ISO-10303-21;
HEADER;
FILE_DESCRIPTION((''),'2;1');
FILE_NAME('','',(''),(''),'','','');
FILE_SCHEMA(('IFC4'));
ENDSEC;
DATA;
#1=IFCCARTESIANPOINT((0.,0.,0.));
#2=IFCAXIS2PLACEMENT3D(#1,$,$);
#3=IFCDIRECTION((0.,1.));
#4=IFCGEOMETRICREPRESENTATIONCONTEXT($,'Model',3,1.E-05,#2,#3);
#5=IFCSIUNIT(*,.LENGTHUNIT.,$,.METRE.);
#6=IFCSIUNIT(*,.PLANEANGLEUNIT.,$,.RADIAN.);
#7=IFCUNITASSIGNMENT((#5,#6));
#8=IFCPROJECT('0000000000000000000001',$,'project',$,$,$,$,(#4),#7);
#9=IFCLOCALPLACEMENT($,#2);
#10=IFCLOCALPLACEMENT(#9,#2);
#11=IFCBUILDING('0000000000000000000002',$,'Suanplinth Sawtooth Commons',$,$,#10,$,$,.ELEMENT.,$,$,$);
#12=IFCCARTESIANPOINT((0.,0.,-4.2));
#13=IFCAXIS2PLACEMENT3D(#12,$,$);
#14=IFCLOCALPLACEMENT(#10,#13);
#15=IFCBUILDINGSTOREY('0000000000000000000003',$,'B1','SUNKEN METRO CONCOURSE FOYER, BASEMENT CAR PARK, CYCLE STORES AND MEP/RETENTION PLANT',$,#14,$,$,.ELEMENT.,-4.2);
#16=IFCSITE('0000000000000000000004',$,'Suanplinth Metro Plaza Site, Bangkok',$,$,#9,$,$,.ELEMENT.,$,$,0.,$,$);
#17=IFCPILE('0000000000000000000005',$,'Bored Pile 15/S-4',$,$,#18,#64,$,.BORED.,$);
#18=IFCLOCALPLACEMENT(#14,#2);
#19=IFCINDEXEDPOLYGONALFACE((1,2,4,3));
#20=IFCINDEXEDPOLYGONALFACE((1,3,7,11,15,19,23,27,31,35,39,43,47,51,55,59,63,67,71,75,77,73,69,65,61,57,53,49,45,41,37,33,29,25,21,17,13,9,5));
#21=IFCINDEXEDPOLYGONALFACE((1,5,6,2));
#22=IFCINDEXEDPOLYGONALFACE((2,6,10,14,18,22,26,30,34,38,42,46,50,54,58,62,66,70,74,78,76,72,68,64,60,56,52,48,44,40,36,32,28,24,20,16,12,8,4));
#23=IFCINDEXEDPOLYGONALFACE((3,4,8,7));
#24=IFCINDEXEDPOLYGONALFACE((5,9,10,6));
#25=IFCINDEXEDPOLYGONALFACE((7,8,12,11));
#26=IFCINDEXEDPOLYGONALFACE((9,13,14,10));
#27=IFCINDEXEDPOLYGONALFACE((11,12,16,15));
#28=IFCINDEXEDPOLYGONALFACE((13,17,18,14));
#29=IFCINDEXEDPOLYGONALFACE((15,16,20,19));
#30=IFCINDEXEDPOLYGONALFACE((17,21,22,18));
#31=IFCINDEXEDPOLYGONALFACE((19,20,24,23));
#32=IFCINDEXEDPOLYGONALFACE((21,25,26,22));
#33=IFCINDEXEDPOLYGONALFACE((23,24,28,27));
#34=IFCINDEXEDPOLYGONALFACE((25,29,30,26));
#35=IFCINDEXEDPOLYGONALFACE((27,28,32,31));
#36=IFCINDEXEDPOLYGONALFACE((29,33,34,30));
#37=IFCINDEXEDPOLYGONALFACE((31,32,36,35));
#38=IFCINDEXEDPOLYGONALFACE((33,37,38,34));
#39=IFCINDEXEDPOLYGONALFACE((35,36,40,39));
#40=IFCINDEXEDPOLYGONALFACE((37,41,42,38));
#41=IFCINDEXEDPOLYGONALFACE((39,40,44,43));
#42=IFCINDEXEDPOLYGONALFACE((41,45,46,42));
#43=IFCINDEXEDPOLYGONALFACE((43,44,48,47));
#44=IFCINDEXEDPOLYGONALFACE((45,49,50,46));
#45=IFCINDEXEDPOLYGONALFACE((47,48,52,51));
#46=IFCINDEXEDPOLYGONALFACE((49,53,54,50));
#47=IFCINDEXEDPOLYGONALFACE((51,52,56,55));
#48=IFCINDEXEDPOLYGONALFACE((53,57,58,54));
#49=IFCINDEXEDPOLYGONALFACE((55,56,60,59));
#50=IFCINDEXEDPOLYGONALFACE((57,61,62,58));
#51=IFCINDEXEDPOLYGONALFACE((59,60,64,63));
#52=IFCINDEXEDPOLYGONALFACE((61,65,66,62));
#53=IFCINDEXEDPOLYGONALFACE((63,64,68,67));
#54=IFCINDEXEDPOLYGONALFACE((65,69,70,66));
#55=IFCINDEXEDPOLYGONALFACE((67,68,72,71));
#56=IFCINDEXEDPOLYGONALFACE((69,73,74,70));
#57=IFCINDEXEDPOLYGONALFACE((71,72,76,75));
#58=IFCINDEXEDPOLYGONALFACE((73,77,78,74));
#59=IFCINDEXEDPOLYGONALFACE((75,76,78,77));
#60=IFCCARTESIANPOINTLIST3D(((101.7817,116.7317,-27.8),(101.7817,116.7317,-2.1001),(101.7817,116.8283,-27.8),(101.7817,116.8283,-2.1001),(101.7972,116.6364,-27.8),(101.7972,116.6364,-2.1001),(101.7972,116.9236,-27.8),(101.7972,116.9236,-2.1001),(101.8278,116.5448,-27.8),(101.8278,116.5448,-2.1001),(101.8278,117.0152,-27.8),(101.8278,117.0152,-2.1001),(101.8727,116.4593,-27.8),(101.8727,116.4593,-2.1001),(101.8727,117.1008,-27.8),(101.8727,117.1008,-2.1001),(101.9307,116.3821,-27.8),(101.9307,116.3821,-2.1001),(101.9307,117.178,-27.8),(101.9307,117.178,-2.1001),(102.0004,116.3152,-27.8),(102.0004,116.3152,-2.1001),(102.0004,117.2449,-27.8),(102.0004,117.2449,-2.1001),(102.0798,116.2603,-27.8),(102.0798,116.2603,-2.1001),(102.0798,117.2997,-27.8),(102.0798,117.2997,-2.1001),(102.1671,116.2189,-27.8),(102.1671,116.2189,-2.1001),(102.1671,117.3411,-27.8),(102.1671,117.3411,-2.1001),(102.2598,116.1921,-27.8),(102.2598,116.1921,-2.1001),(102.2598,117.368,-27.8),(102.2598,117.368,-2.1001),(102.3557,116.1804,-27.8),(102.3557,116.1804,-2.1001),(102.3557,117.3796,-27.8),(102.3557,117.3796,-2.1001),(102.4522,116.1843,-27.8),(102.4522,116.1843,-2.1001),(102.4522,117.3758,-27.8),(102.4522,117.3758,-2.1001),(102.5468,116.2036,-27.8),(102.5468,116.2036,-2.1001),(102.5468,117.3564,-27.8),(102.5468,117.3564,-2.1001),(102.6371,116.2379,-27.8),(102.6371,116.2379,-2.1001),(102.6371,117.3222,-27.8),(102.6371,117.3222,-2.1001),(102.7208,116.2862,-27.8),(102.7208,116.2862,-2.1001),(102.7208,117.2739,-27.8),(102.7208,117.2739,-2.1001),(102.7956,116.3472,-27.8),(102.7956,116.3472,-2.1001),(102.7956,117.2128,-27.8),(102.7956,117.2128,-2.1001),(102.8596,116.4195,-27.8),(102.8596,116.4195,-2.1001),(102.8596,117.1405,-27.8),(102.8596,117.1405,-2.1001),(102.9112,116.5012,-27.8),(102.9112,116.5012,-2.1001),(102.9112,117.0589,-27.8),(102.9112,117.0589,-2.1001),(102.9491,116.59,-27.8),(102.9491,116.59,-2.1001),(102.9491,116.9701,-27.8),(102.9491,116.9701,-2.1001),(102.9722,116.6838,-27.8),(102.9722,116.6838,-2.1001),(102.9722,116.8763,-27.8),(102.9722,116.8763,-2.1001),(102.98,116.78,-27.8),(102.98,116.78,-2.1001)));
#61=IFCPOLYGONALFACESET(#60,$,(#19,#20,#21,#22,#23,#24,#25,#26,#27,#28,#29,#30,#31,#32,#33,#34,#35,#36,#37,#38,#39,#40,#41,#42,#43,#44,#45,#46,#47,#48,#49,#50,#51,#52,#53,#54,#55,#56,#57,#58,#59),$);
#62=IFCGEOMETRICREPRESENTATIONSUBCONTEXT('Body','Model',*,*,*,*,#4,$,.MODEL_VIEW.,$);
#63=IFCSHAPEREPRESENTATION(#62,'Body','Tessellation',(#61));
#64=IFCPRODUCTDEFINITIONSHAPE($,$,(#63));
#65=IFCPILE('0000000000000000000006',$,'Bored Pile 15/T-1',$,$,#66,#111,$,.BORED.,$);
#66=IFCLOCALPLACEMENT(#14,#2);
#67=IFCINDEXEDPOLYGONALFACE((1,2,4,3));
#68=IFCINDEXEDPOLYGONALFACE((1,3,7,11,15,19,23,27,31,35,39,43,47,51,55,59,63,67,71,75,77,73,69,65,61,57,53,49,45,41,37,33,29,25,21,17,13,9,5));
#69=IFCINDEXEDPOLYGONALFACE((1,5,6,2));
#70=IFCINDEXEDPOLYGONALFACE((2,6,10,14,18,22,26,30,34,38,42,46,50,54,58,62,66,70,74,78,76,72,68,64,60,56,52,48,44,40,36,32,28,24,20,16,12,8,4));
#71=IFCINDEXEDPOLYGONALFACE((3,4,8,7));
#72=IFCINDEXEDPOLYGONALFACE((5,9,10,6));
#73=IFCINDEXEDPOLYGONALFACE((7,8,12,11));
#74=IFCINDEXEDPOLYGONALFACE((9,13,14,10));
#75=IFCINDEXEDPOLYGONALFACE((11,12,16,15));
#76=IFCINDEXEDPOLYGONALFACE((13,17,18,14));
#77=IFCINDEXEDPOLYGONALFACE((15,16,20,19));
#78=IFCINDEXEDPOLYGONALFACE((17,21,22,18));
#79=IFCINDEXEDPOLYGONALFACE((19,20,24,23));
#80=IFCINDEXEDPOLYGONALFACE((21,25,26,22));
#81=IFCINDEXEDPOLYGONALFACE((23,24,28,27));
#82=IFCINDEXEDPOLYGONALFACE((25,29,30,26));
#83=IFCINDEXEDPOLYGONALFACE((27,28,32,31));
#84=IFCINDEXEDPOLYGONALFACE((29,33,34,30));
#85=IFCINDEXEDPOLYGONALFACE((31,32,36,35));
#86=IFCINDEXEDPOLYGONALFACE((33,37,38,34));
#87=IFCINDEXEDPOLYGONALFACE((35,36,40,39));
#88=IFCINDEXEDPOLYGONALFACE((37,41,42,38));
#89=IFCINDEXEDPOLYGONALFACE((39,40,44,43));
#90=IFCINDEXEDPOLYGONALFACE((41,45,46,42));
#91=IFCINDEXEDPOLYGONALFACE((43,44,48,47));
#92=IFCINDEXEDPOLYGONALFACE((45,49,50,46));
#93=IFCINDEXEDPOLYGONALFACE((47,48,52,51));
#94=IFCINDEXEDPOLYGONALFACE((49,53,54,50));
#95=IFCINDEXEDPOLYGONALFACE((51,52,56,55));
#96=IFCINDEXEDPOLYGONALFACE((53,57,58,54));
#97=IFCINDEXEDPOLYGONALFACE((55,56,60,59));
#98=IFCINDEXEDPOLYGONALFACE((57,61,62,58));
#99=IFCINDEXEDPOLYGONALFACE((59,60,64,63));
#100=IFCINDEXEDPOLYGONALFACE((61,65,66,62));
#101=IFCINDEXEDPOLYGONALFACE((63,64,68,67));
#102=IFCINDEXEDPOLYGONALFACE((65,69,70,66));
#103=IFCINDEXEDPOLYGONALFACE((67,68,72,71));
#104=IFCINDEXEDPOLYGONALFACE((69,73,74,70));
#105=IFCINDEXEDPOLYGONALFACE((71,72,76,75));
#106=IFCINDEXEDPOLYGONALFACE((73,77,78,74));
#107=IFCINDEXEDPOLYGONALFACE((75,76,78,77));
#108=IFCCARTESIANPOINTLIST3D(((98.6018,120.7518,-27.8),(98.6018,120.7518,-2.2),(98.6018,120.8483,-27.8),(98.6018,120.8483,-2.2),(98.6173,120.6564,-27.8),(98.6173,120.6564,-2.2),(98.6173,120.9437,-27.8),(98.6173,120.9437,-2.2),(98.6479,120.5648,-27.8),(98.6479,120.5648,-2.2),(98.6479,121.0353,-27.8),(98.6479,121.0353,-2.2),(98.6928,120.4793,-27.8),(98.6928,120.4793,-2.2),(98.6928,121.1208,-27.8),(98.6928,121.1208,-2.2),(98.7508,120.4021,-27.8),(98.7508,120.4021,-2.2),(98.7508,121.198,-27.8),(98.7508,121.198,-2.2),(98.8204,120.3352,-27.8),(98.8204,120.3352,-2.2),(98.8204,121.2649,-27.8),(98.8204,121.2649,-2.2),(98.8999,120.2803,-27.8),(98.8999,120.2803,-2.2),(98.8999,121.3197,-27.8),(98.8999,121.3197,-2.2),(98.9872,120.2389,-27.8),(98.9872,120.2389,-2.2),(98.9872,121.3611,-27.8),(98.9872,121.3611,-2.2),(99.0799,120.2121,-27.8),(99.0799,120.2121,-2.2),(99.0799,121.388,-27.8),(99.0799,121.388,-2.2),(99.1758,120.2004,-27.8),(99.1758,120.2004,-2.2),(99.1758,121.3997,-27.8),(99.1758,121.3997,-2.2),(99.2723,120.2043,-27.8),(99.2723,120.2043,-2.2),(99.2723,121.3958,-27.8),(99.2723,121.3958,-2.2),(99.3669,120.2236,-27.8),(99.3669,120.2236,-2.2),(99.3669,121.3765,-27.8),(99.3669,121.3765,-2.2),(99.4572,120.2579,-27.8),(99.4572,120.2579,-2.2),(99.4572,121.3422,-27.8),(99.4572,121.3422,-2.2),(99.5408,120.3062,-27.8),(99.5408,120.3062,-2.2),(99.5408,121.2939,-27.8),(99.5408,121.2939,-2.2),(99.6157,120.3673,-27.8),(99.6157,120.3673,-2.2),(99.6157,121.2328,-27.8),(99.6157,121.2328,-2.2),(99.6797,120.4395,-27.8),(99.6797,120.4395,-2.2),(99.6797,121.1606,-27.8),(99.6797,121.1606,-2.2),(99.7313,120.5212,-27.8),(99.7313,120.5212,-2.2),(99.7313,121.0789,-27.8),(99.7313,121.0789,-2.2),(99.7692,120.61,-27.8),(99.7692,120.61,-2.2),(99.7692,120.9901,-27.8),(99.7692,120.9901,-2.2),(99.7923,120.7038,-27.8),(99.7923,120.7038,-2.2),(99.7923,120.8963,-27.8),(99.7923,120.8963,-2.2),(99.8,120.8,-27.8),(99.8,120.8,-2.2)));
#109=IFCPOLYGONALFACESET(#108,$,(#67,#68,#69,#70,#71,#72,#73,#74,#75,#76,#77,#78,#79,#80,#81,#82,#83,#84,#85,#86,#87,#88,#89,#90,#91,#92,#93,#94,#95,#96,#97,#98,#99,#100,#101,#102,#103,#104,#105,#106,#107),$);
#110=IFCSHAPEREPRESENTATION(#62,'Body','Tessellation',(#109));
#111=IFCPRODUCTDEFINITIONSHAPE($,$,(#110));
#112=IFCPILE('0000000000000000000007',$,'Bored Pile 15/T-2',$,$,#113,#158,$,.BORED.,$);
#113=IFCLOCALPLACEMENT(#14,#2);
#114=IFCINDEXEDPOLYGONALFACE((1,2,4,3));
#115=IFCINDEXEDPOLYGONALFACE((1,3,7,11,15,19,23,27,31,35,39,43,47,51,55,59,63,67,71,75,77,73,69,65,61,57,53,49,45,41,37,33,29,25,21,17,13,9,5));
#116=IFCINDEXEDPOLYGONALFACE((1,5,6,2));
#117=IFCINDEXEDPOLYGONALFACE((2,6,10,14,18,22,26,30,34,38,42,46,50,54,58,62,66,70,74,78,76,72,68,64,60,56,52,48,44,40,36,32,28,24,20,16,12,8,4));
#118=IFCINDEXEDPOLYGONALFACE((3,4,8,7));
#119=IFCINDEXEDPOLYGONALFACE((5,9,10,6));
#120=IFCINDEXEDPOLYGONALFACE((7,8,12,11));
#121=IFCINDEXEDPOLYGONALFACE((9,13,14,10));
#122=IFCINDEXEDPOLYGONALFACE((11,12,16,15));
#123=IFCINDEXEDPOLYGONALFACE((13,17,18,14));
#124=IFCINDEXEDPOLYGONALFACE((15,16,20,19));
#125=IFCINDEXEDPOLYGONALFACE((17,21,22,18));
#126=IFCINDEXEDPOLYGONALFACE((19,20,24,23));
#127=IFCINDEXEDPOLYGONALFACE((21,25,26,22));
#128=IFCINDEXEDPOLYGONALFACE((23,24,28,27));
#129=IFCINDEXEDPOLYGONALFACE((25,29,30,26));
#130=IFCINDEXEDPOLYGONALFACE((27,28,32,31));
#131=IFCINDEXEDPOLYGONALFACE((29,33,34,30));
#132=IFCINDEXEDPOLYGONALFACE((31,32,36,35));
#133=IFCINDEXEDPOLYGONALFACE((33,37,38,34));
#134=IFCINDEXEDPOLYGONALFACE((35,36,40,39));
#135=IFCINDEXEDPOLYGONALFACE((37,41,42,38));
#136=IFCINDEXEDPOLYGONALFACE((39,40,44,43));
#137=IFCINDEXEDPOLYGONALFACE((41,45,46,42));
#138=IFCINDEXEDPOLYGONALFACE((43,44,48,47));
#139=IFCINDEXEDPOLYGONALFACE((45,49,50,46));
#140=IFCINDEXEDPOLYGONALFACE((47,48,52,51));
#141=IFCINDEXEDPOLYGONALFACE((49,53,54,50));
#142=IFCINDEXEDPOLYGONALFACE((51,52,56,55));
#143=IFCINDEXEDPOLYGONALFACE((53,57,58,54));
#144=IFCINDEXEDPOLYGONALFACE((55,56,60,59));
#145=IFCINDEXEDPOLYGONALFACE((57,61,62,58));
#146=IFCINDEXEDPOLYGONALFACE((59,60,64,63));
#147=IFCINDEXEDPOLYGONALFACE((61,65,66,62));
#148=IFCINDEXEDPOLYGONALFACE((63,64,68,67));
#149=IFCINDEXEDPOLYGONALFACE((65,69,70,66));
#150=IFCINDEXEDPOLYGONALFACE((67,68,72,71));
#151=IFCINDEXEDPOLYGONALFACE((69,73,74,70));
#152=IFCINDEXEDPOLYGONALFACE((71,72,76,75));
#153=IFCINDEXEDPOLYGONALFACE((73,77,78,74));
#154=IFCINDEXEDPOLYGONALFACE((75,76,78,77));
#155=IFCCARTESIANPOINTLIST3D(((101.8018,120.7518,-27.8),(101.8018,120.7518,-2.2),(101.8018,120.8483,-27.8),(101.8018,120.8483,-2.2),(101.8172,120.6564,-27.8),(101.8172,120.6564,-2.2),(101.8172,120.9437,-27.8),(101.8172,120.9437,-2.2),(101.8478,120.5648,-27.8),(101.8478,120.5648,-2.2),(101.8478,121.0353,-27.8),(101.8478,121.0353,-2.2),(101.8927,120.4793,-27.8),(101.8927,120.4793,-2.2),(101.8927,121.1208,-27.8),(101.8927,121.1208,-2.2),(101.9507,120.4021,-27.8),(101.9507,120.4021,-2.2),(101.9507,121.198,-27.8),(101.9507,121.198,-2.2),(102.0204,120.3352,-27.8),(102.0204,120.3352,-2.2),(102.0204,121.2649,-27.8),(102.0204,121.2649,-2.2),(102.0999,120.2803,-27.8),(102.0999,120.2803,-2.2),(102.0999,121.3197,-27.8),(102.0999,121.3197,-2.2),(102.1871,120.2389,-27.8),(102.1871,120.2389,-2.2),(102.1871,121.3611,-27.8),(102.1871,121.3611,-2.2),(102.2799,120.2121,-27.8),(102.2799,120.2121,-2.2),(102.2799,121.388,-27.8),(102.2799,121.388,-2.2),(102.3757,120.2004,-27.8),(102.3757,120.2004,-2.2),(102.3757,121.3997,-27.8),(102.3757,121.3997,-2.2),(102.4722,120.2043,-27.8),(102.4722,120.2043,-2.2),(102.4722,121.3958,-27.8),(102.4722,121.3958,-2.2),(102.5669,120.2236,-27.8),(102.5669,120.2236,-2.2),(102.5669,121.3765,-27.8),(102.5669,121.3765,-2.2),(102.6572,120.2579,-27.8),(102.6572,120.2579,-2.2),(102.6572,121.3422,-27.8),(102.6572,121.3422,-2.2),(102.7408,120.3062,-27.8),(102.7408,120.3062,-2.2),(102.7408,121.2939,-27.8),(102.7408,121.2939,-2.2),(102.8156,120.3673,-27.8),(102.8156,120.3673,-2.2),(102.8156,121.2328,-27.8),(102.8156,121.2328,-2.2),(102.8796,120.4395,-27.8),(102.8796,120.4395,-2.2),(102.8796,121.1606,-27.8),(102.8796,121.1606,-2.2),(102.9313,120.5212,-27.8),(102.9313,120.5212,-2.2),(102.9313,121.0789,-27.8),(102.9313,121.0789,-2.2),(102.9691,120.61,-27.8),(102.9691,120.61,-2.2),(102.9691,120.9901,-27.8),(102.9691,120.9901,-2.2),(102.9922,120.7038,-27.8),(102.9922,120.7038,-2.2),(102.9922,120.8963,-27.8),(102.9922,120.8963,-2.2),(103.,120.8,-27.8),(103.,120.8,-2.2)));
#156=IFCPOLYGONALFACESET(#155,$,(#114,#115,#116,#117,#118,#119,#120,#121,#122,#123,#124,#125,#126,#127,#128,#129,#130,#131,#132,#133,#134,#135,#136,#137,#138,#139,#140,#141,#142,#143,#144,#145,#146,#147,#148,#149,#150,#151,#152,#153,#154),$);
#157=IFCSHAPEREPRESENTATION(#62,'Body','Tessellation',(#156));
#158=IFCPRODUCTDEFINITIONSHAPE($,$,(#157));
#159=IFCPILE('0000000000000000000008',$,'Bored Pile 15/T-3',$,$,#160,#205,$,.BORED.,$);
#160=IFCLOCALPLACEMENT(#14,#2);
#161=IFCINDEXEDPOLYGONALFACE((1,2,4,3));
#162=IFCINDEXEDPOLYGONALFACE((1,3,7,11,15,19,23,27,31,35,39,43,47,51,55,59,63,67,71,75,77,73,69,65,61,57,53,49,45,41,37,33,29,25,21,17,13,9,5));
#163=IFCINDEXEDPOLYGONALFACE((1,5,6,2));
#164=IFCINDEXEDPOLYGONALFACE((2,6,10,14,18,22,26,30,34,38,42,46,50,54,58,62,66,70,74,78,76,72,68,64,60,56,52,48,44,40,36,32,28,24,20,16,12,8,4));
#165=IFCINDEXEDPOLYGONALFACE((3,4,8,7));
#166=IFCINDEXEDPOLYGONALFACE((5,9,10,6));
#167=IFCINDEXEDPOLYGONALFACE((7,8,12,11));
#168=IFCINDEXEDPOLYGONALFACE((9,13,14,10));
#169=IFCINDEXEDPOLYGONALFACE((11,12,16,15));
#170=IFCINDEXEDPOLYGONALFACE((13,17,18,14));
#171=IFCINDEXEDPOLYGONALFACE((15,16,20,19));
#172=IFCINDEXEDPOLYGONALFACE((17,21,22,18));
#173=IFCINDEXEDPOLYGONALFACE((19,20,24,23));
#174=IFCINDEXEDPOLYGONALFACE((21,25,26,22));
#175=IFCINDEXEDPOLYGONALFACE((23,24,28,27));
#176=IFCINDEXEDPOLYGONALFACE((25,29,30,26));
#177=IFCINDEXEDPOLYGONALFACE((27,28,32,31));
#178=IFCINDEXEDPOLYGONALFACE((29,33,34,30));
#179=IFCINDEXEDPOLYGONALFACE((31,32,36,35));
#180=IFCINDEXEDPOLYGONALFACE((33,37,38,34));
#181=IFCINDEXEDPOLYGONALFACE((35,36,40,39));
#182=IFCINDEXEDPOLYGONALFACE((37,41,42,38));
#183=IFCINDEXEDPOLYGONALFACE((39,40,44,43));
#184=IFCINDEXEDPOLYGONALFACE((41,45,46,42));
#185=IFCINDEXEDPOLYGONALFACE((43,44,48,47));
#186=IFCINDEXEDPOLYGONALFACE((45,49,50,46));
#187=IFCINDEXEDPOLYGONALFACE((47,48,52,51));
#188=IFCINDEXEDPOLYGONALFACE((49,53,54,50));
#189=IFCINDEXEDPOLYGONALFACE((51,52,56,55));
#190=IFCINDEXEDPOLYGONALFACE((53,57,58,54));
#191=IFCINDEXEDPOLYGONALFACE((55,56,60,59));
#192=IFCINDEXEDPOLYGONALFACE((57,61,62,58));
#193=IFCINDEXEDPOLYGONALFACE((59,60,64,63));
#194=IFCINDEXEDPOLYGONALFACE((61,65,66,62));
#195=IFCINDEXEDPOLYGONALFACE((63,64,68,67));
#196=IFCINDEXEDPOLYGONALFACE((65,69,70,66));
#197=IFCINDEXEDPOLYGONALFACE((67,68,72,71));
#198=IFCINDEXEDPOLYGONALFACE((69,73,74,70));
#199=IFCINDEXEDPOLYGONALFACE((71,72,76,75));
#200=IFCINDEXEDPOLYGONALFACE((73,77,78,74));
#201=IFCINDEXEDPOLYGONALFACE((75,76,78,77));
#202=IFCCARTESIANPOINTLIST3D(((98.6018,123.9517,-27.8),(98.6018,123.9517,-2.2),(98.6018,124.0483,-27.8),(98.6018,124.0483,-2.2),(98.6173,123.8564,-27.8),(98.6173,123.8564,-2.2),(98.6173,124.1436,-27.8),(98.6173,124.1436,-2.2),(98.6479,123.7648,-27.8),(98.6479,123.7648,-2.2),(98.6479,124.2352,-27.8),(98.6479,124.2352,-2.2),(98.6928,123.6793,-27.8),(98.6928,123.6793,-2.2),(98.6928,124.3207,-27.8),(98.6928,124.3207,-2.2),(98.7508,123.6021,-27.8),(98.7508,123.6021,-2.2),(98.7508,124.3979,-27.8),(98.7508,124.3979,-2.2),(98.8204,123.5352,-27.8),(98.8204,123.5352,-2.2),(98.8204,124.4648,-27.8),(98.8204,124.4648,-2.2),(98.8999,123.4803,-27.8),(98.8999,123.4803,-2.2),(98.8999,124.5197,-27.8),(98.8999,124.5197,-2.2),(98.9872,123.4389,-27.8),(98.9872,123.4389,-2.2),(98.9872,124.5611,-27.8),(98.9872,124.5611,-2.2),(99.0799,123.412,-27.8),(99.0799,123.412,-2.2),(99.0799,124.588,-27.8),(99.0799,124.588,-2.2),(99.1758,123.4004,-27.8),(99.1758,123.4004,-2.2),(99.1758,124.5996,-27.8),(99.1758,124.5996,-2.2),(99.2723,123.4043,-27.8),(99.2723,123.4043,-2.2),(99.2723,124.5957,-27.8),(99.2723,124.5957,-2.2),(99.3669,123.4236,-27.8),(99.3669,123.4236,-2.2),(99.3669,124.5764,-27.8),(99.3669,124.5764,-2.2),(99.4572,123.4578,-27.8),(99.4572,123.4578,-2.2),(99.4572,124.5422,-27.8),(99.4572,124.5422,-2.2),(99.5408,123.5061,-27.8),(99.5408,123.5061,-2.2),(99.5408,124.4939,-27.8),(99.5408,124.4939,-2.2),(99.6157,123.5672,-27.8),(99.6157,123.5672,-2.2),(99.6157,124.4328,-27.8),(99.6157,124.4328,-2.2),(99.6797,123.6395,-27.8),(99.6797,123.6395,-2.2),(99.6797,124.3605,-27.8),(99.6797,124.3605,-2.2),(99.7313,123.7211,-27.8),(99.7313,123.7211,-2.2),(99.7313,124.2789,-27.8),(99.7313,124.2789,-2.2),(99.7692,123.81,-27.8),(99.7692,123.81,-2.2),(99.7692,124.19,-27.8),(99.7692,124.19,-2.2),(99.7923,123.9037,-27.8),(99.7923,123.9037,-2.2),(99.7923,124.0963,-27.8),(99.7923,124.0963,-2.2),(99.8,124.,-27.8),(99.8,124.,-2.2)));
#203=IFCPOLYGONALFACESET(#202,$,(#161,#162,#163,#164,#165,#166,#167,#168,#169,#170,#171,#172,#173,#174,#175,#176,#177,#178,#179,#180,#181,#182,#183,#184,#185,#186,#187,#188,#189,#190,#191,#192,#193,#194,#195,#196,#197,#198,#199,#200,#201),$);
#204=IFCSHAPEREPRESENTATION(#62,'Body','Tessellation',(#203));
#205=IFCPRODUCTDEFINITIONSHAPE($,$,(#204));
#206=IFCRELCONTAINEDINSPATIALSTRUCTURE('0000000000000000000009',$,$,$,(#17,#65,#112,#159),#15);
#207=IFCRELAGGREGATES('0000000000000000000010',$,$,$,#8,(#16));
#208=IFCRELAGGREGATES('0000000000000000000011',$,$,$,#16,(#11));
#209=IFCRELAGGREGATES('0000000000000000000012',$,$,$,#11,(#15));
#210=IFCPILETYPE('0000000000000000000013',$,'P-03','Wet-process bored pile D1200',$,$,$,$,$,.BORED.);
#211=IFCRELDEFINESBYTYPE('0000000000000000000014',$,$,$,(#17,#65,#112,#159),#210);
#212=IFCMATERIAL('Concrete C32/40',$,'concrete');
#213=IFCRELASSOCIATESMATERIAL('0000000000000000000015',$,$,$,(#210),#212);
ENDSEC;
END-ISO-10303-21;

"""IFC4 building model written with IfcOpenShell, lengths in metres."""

from ifc_helpers import new_model, si_unit, direction, frame, origin, origin_2d, place, context, subcontext, project, spatial, circle, extrude, material, material_profile, profile_set, type_object, element, save


model = new_model("IFC4")

# Units and contexts
model_context = context("Model", 3, precision=1e-05, world=origin(), true_north=direction((0.0, 1.0)))
body_context = subcontext(model_context, "Body", "Model", "MODEL_VIEW")
ifc_project = project(units=[si_unit("LENGTHUNIT", "METRE"), si_unit("PLANEANGLEUNIT", "RADIAN")], contexts=[model_context])

# Site, building, storey
site_placement = place(None, origin())
site = spatial("IfcSite", under=ifc_project, at=site_placement, Name="Suanplinth Metro Plaza Site, Bangkok", CompositionType="ELEMENT", RefElevation=0.0)
building_placement = place(site_placement, origin())
building = spatial("IfcBuilding", under=site, at=building_placement, Name="Suanplinth Sawtooth Commons", CompositionType="ELEMENT")
storey_placement = place(building_placement, frame((0.0, 0.0, -4.2)))
storey = spatial("IfcBuildingStorey", under=building, at=storey_placement, Name="B1", Description="SUNKEN METRO CONCOURSE FOYER, BASEMENT CAR PARK, CYCLE STORES AND MEP/RETENTION PLANT", CompositionType="ELEMENT", Elevation=-4.2)

# Piles
ifc_material_1 = material(Name="Concrete C32/40", Category="concrete")
ifc_material_profile_1 = material_profile(ifc_material_1, circle(Radius=0.6001, at=origin_2d()), Name="PILE D1200")
ifc_profile_set_1 = profile_set([ifc_material_profile_1], Name="Concrete C32/40")
pile_type = type_object("IfcPileType", Name="P-03", Description="Wet-process bored pile D1200", PredefinedType="BORED", material=ifc_profile_set_1)
for number, where, z_axis, x_axis, name in (
    (1, (102.3799, 116.78, -2.1001), (0.0, 0.0, -1.0), (1.0, 0.0, 0.0), "Bored Pile 15/S-4"),
):
    element("IfcPile", number, at=place(storey_placement, frame(where, z_axis=z_axis, x_axis=x_axis)), inside=storey, type_object=pile_type, Name=name, PredefinedType="BORED", context=body_context, shape_type="SweptSolid", body=[
        extrude(circle(Radius=0.6001, at=origin_2d()), origin(), (0.0, 0.0, 1.0), 25.7),
    ])
for number, where, z_axis, x_axis, name in (
    (2, (99.2, 120.8, -2.2), (0.0, 0.0, -1.0), (1.0, 0.0, 0.0), "Bored Pile 15/T-1"),
    (3, (102.3999, 120.8, -2.2), (0.0, 0.0, -1.0), (1.0, 0.0, 0.0), "Bored Pile 15/T-2"),
    (4, (99.2, 124.0, -2.2), (0.0, 0.0, -1.0), (1.0, 0.0, 0.0), "Bored Pile 15/T-3"),
):
    element("IfcPile", number, at=place(storey_placement, frame(where, z_axis=z_axis, x_axis=x_axis)), inside=storey, type_object=pile_type, Name=name, PredefinedType="BORED", context=body_context, shape_type="SweptSolid", body=[
        extrude(circle(Radius=0.6001, at=origin_2d()), origin(), (0.0, 0.0, 1.0), 25.6001),
    ])

save(model, "model.ifc")
